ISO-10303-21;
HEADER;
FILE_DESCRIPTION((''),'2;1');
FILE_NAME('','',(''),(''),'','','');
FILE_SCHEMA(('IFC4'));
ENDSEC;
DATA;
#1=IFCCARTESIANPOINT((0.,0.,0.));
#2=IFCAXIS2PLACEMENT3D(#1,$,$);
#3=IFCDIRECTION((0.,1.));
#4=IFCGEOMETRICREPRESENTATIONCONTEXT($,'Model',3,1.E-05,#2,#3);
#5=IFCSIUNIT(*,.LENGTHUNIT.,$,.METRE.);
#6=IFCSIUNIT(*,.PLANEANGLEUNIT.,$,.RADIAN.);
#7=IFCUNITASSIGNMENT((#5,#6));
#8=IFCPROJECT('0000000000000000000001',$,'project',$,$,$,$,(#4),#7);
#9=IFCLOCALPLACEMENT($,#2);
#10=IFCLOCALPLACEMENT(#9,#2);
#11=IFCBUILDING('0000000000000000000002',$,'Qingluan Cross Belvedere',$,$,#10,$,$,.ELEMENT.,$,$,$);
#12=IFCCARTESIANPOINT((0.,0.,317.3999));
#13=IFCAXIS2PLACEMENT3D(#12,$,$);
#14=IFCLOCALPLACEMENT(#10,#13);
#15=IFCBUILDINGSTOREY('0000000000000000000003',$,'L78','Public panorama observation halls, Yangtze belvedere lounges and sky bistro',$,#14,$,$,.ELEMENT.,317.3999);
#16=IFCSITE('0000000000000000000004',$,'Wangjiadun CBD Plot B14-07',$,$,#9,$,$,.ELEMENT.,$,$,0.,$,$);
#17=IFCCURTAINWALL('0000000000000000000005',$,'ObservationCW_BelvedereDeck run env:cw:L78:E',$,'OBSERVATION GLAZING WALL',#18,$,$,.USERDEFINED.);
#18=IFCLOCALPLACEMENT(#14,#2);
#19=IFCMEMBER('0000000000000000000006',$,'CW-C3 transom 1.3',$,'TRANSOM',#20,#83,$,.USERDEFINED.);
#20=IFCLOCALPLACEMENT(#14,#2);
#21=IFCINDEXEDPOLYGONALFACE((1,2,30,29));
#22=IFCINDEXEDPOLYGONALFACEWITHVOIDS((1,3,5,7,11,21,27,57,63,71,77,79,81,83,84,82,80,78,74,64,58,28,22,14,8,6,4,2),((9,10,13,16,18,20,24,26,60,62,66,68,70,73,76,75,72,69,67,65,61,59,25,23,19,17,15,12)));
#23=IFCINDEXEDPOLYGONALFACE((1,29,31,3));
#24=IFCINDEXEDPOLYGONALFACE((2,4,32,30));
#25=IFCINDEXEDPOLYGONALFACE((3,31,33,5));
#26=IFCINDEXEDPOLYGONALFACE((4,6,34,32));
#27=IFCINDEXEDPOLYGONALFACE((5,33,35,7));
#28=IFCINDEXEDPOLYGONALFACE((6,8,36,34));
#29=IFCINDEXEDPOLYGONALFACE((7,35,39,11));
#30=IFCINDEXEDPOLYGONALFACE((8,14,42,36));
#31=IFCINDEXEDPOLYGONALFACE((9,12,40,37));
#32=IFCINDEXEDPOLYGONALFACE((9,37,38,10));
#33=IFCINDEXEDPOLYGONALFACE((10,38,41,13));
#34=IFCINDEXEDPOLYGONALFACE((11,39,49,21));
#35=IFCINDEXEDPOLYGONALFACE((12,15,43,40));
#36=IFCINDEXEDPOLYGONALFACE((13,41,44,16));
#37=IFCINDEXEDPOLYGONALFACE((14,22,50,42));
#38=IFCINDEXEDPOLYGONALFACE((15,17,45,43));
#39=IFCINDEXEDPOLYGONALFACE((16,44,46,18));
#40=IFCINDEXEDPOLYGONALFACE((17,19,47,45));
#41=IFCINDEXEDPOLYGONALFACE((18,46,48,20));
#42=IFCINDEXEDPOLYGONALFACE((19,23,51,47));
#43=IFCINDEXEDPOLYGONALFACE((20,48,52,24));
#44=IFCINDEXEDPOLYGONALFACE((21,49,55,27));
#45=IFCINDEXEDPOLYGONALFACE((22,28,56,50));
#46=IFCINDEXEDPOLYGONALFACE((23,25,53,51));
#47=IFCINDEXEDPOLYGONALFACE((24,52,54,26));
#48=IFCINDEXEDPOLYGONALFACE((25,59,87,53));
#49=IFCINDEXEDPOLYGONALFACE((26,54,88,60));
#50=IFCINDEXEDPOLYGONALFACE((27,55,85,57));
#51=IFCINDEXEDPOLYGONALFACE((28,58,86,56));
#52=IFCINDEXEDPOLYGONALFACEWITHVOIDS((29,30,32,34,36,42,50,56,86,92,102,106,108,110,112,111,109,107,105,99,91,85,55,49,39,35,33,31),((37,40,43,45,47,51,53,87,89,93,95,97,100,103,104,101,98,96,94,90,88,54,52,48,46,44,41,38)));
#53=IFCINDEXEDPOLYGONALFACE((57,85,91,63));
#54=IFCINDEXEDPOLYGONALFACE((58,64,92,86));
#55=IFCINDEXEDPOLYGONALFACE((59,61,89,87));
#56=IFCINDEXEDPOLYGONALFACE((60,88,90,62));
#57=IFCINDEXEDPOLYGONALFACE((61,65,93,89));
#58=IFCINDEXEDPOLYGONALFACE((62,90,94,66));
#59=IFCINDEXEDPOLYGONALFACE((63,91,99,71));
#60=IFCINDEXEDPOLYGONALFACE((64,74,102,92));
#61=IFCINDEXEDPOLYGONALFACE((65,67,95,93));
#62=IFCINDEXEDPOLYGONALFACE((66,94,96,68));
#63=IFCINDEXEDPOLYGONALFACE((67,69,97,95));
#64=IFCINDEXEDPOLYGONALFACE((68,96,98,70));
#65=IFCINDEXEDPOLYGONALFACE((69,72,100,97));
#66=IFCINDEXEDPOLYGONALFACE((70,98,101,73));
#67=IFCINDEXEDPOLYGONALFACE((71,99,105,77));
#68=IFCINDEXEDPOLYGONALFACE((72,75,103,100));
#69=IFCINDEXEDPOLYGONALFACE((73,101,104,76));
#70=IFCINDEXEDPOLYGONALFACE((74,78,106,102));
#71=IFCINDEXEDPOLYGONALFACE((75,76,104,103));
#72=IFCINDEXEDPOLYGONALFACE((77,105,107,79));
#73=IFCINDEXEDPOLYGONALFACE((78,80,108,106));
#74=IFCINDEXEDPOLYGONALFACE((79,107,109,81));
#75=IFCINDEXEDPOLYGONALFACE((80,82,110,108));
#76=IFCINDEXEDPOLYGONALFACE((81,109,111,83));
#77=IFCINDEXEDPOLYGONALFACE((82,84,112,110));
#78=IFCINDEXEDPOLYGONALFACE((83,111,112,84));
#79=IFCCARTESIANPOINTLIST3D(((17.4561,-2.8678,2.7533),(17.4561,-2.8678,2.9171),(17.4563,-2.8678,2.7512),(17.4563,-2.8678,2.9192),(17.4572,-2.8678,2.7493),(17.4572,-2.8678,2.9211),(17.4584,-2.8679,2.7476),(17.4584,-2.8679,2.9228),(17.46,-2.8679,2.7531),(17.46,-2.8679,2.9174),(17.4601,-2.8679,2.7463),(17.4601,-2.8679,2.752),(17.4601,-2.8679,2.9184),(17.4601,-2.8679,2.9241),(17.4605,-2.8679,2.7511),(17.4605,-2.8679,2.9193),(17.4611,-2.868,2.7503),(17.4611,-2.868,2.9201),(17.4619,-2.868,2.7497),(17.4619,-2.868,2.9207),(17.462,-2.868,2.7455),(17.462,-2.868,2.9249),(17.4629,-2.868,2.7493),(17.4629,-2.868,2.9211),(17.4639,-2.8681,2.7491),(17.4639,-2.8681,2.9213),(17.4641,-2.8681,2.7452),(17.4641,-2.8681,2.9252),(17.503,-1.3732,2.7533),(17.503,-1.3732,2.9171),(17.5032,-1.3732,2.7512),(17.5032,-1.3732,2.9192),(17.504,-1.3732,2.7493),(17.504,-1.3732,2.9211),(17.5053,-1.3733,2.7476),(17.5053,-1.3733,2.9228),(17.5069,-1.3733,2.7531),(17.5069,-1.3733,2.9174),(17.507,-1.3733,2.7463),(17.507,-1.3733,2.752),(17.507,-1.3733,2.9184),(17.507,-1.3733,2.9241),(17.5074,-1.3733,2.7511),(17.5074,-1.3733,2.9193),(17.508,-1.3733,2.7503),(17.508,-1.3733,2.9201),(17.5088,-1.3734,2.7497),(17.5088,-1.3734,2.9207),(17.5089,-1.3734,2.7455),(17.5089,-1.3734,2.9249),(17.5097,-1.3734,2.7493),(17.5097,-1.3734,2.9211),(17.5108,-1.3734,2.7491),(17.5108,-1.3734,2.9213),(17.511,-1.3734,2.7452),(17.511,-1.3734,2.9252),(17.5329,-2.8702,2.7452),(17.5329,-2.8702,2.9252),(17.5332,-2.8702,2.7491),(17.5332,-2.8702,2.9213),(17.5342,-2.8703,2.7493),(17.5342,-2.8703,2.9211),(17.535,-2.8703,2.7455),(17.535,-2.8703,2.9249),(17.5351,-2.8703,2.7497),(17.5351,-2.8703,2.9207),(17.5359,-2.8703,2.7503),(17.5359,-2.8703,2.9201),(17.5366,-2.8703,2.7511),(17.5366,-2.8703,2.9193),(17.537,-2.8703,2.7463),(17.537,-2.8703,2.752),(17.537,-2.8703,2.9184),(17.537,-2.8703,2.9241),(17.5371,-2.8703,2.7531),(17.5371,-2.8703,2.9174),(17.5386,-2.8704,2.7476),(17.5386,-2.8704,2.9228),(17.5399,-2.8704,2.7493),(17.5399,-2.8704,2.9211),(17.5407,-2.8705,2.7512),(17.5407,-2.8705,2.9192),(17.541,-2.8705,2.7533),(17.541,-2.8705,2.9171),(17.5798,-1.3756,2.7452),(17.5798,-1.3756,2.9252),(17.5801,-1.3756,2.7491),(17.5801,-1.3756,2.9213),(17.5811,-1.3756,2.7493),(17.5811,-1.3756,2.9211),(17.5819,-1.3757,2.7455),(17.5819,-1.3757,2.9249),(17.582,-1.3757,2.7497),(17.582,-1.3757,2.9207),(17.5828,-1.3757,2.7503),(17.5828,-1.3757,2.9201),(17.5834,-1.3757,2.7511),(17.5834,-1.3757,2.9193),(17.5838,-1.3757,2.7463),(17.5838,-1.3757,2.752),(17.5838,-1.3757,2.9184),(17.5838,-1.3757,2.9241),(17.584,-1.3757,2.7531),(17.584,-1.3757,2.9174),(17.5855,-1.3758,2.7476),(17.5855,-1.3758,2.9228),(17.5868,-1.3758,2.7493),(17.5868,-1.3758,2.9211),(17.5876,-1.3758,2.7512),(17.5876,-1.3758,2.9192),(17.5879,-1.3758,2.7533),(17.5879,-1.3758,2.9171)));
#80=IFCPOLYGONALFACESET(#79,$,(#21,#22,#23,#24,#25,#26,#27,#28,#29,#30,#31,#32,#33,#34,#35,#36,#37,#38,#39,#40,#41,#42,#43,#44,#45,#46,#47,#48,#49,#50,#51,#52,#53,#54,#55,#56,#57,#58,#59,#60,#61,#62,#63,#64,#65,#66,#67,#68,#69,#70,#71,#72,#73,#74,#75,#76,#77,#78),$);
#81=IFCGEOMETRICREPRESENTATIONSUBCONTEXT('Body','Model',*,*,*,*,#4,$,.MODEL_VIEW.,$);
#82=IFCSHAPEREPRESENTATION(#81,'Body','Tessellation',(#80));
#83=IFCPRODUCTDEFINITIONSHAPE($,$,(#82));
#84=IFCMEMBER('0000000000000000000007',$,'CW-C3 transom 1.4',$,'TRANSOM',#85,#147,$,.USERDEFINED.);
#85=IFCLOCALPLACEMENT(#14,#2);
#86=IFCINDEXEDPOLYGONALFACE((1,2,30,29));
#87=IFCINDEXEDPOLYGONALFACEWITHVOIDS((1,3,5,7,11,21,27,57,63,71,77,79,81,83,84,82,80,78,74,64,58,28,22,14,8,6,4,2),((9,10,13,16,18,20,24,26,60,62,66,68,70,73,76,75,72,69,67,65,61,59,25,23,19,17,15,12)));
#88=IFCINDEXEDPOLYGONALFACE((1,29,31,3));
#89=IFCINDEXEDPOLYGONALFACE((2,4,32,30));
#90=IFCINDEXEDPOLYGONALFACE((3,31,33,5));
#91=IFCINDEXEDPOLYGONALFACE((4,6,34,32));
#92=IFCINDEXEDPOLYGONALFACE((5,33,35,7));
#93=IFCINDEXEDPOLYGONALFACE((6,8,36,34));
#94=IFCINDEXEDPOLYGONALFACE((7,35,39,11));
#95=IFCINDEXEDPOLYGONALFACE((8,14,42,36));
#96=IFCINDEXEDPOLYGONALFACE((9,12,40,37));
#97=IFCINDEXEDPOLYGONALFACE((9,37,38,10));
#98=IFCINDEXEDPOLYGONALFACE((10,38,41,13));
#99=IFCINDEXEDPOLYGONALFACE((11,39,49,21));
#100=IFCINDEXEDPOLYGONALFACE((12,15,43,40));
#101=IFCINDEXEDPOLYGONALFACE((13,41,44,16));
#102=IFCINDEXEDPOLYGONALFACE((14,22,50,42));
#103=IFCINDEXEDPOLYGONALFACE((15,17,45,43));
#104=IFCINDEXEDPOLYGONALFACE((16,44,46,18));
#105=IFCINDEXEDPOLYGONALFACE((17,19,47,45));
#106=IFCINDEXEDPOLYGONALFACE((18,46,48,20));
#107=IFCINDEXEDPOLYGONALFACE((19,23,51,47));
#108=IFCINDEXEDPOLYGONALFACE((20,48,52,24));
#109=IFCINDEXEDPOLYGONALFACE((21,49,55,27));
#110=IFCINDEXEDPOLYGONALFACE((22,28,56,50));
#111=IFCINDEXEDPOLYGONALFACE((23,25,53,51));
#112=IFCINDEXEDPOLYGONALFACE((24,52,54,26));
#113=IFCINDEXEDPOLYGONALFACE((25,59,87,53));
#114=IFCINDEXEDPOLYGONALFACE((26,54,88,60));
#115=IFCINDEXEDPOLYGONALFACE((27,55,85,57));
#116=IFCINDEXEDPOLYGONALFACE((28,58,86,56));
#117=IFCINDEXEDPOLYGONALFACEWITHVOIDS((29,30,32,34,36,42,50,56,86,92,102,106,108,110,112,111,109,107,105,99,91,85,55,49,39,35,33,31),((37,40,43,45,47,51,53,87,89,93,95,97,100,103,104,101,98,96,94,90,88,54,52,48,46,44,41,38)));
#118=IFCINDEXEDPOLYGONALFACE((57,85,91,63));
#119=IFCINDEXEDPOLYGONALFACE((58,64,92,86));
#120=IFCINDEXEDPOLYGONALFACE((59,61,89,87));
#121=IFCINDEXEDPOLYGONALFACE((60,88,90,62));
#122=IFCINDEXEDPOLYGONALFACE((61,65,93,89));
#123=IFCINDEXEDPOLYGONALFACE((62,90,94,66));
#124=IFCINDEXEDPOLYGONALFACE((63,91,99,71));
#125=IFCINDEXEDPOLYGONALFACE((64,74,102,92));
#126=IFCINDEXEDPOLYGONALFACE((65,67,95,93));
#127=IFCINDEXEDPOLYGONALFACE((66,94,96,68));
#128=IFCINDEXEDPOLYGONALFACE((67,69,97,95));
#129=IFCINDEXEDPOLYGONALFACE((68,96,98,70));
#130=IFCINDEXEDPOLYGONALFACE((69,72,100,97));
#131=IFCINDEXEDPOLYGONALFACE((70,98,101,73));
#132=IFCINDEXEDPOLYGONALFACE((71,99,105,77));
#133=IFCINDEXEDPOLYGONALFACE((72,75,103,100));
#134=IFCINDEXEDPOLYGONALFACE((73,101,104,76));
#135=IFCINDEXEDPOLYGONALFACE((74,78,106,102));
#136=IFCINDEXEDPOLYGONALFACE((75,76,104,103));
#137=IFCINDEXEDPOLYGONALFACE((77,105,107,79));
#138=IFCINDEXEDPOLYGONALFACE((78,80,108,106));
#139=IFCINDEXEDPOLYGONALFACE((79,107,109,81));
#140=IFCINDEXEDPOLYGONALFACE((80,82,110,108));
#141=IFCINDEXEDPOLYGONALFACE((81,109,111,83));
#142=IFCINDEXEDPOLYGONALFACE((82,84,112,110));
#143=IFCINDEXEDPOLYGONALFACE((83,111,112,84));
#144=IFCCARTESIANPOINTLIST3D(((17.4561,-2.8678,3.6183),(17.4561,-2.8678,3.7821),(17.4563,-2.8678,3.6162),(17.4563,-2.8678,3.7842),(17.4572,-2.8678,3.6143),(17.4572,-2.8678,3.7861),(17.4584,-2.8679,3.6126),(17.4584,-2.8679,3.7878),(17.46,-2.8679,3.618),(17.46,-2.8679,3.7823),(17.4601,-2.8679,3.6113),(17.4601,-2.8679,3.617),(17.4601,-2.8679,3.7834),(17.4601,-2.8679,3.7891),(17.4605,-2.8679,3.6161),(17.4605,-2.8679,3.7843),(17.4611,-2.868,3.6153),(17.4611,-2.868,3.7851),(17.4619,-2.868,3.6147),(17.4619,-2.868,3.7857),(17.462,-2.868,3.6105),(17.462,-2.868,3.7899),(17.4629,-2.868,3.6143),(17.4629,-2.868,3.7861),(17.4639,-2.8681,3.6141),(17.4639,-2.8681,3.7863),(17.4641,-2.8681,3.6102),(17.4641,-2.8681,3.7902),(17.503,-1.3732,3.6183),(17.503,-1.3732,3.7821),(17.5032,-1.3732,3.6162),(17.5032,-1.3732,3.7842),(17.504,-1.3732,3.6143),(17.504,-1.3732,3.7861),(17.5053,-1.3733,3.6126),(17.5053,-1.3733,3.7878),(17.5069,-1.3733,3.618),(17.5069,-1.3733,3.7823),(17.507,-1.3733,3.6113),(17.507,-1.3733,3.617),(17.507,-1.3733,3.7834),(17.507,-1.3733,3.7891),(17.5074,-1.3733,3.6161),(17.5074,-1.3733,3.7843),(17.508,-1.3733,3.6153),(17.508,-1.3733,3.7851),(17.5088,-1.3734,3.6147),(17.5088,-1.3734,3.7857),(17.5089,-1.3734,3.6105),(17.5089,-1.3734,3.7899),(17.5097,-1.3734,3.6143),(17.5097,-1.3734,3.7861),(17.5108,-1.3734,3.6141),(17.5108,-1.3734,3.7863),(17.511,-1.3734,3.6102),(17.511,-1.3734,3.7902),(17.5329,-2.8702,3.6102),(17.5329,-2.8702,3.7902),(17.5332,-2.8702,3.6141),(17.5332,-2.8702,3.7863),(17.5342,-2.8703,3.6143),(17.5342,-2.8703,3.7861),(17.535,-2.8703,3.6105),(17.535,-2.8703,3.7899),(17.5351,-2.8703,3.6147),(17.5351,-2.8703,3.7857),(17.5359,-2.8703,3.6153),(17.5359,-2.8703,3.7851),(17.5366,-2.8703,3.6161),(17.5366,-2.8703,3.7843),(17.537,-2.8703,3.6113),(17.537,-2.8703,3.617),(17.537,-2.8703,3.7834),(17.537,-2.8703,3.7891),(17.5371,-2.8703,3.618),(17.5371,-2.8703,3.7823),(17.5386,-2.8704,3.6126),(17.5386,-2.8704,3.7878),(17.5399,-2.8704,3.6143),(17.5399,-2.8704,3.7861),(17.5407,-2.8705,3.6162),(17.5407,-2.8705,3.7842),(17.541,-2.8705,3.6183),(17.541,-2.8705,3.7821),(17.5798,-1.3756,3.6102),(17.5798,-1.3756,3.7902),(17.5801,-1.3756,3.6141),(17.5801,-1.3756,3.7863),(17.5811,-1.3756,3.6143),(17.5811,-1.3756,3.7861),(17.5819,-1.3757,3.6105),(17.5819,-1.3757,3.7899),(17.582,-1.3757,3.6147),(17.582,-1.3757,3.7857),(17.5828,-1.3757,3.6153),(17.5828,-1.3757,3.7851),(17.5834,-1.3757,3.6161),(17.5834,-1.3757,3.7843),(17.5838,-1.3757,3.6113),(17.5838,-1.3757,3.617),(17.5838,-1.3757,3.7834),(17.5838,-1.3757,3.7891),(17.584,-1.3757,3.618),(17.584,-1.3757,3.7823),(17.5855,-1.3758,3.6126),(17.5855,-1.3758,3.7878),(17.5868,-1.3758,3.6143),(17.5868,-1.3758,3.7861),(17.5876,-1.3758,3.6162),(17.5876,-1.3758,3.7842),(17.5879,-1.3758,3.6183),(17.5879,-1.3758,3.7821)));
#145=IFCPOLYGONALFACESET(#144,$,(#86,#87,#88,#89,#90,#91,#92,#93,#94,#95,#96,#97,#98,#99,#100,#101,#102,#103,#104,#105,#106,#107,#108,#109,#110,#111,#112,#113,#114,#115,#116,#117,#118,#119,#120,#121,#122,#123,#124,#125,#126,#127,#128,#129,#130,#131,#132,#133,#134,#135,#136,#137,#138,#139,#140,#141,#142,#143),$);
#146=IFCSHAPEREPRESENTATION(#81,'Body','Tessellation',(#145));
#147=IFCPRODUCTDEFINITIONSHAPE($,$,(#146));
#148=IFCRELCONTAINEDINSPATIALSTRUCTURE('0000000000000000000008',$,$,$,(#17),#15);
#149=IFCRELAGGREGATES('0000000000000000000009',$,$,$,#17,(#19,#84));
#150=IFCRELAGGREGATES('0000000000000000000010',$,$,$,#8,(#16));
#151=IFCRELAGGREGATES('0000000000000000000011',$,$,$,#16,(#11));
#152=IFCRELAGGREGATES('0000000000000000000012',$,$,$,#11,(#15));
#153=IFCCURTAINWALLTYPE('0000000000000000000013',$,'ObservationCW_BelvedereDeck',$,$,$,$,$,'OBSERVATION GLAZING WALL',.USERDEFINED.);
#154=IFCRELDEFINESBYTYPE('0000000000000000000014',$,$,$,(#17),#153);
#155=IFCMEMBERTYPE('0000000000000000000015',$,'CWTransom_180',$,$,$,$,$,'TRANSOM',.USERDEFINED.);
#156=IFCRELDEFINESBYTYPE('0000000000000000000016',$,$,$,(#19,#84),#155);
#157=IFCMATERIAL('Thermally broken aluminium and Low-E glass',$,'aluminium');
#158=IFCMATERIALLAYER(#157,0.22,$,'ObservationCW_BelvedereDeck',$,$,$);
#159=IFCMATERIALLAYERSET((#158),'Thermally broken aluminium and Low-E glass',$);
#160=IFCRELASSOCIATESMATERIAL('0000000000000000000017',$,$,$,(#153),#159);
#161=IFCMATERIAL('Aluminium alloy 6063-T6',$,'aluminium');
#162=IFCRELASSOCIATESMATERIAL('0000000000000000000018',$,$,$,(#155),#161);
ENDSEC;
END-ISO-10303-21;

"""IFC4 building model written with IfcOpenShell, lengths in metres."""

from ifc_helpers import new_model, si_unit, direction, frame, origin, origin_2d, place, context, subcontext, project, spatial, hollow_rectangle, extrude, material, layer, layer_set, material_profile, profile_set, type_object, element, aggregate, save


model = new_model("IFC4")

# Units and contexts
model_context = context("Model", 3, precision=1e-05, world=origin(), true_north=direction((0.0, 1.0)))
body_context = subcontext(model_context, "Body", "Model", "MODEL_VIEW")
ifc_project = project(units=[si_unit("LENGTHUNIT", "METRE"), si_unit("PLANEANGLEUNIT", "RADIAN")], contexts=[model_context])

# Site, building, storey
site_placement = place(None, origin())
site = spatial("IfcSite", under=ifc_project, at=site_placement, Name="Wangjiadun CBD Plot B14-07", CompositionType="ELEMENT", RefElevation=0.0)
building_placement = place(site_placement, origin())
building = spatial("IfcBuilding", under=site, at=building_placement, Name="Qingluan Cross Belvedere", CompositionType="ELEMENT")
storey_placement = place(building_placement, frame((0.0, 0.0, 317.3999)))
storey = spatial("IfcBuildingStorey", under=building, at=storey_placement, Name="L78", Description="Public panorama observation halls, Yangtze belvedere lounges and sky bistro", CompositionType="ELEMENT", Elevation=317.3999)

# Curtain wall, members
ifc_material_1 = material(Name="Thermally broken aluminium and Low-E glass", Category="aluminium")
ifc_layer_1 = layer(ifc_material_1, 0.22, Name="ObservationCW_BelvedereDeck")
ifc_layer_set_1 = layer_set([ifc_layer_1], Name="Thermally broken aluminium and Low-E glass")
curtain_wall_type = type_object("IfcCurtainWallType", Name="ObservationCW_BelvedereDeck", ElementType="OBSERVATION GLAZING WALL", PredefinedType="USERDEFINED", material=ifc_layer_set_1)
curtain_wall_placement = place(storey_placement, origin())
curtain_wall = element("IfcCurtainWall", 1, at=curtain_wall_placement, inside=storey, type_object=curtain_wall_type, Name="ObservationCW_BelvedereDeck run env:cw:L78:E", ObjectType="OBSERVATION GLAZING WALL", PredefinedType="USERDEFINED")
ifc_material_2 = material(Name="Aluminium alloy 6063-T6", Category="aluminium")
ifc_material_profile_1 = material_profile(ifc_material_2, hollow_rectangle(XDim=0.085, YDim=0.1799, WallThickness=0.0039, InnerFilletRadius=0.0039, OuterFilletRadius=0.0081, at=origin_2d()), Name="CWT180x85x4")
ifc_profile_set_1 = profile_set([ifc_material_profile_1], Name="Aluminium alloy 6063-T6")
member_type_1 = type_object("IfcMemberType", Name="CWTransom_180", ElementType="TRANSOM", PredefinedType="USERDEFINED", material=ifc_profile_set_1)
member_1_placement = place(storey_placement, frame((17.4985, -2.8691, 2.8352), z_axis=(0.031347, 0.999509, 0.0), x_axis=(-0.999509, 0.031347, 0.0)))
member_1 = element("IfcMember", 2, at=member_1_placement, type_object=member_type_1, Name="CW-C3 transom 1.3", ObjectType="TRANSOM", PredefinedType="USERDEFINED", context=body_context, shape_type="SweptSolid", body=[
    extrude(hollow_rectangle(XDim=0.085, YDim=0.1799, WallThickness=0.0039, InnerFilletRadius=0.0039, OuterFilletRadius=0.0081, at=origin_2d()), origin(), (0.0, 0.0, 1.0), 1.4954),
])
member_2_placement = place(storey_placement, frame((17.4985, -2.8691, 3.7002), z_axis=(0.031347, 0.999509, 0.0), x_axis=(-0.999509, 0.031347, 0.0)))
member_2 = element("IfcMember", 3, at=member_2_placement, type_object=member_type_1, Name="CW-C3 transom 1.4", ObjectType="TRANSOM", PredefinedType="USERDEFINED", context=body_context, shape_type="SweptSolid", body=[
    extrude(hollow_rectangle(XDim=0.085, YDim=0.1799, WallThickness=0.0039, InnerFilletRadius=0.0039, OuterFilletRadius=0.0081, at=origin_2d()), origin(), (0.0, 0.0, 1.0), 1.4954),
])
aggregate(curtain_wall, [member_1, member_2])

save(model, "model.ifc")
